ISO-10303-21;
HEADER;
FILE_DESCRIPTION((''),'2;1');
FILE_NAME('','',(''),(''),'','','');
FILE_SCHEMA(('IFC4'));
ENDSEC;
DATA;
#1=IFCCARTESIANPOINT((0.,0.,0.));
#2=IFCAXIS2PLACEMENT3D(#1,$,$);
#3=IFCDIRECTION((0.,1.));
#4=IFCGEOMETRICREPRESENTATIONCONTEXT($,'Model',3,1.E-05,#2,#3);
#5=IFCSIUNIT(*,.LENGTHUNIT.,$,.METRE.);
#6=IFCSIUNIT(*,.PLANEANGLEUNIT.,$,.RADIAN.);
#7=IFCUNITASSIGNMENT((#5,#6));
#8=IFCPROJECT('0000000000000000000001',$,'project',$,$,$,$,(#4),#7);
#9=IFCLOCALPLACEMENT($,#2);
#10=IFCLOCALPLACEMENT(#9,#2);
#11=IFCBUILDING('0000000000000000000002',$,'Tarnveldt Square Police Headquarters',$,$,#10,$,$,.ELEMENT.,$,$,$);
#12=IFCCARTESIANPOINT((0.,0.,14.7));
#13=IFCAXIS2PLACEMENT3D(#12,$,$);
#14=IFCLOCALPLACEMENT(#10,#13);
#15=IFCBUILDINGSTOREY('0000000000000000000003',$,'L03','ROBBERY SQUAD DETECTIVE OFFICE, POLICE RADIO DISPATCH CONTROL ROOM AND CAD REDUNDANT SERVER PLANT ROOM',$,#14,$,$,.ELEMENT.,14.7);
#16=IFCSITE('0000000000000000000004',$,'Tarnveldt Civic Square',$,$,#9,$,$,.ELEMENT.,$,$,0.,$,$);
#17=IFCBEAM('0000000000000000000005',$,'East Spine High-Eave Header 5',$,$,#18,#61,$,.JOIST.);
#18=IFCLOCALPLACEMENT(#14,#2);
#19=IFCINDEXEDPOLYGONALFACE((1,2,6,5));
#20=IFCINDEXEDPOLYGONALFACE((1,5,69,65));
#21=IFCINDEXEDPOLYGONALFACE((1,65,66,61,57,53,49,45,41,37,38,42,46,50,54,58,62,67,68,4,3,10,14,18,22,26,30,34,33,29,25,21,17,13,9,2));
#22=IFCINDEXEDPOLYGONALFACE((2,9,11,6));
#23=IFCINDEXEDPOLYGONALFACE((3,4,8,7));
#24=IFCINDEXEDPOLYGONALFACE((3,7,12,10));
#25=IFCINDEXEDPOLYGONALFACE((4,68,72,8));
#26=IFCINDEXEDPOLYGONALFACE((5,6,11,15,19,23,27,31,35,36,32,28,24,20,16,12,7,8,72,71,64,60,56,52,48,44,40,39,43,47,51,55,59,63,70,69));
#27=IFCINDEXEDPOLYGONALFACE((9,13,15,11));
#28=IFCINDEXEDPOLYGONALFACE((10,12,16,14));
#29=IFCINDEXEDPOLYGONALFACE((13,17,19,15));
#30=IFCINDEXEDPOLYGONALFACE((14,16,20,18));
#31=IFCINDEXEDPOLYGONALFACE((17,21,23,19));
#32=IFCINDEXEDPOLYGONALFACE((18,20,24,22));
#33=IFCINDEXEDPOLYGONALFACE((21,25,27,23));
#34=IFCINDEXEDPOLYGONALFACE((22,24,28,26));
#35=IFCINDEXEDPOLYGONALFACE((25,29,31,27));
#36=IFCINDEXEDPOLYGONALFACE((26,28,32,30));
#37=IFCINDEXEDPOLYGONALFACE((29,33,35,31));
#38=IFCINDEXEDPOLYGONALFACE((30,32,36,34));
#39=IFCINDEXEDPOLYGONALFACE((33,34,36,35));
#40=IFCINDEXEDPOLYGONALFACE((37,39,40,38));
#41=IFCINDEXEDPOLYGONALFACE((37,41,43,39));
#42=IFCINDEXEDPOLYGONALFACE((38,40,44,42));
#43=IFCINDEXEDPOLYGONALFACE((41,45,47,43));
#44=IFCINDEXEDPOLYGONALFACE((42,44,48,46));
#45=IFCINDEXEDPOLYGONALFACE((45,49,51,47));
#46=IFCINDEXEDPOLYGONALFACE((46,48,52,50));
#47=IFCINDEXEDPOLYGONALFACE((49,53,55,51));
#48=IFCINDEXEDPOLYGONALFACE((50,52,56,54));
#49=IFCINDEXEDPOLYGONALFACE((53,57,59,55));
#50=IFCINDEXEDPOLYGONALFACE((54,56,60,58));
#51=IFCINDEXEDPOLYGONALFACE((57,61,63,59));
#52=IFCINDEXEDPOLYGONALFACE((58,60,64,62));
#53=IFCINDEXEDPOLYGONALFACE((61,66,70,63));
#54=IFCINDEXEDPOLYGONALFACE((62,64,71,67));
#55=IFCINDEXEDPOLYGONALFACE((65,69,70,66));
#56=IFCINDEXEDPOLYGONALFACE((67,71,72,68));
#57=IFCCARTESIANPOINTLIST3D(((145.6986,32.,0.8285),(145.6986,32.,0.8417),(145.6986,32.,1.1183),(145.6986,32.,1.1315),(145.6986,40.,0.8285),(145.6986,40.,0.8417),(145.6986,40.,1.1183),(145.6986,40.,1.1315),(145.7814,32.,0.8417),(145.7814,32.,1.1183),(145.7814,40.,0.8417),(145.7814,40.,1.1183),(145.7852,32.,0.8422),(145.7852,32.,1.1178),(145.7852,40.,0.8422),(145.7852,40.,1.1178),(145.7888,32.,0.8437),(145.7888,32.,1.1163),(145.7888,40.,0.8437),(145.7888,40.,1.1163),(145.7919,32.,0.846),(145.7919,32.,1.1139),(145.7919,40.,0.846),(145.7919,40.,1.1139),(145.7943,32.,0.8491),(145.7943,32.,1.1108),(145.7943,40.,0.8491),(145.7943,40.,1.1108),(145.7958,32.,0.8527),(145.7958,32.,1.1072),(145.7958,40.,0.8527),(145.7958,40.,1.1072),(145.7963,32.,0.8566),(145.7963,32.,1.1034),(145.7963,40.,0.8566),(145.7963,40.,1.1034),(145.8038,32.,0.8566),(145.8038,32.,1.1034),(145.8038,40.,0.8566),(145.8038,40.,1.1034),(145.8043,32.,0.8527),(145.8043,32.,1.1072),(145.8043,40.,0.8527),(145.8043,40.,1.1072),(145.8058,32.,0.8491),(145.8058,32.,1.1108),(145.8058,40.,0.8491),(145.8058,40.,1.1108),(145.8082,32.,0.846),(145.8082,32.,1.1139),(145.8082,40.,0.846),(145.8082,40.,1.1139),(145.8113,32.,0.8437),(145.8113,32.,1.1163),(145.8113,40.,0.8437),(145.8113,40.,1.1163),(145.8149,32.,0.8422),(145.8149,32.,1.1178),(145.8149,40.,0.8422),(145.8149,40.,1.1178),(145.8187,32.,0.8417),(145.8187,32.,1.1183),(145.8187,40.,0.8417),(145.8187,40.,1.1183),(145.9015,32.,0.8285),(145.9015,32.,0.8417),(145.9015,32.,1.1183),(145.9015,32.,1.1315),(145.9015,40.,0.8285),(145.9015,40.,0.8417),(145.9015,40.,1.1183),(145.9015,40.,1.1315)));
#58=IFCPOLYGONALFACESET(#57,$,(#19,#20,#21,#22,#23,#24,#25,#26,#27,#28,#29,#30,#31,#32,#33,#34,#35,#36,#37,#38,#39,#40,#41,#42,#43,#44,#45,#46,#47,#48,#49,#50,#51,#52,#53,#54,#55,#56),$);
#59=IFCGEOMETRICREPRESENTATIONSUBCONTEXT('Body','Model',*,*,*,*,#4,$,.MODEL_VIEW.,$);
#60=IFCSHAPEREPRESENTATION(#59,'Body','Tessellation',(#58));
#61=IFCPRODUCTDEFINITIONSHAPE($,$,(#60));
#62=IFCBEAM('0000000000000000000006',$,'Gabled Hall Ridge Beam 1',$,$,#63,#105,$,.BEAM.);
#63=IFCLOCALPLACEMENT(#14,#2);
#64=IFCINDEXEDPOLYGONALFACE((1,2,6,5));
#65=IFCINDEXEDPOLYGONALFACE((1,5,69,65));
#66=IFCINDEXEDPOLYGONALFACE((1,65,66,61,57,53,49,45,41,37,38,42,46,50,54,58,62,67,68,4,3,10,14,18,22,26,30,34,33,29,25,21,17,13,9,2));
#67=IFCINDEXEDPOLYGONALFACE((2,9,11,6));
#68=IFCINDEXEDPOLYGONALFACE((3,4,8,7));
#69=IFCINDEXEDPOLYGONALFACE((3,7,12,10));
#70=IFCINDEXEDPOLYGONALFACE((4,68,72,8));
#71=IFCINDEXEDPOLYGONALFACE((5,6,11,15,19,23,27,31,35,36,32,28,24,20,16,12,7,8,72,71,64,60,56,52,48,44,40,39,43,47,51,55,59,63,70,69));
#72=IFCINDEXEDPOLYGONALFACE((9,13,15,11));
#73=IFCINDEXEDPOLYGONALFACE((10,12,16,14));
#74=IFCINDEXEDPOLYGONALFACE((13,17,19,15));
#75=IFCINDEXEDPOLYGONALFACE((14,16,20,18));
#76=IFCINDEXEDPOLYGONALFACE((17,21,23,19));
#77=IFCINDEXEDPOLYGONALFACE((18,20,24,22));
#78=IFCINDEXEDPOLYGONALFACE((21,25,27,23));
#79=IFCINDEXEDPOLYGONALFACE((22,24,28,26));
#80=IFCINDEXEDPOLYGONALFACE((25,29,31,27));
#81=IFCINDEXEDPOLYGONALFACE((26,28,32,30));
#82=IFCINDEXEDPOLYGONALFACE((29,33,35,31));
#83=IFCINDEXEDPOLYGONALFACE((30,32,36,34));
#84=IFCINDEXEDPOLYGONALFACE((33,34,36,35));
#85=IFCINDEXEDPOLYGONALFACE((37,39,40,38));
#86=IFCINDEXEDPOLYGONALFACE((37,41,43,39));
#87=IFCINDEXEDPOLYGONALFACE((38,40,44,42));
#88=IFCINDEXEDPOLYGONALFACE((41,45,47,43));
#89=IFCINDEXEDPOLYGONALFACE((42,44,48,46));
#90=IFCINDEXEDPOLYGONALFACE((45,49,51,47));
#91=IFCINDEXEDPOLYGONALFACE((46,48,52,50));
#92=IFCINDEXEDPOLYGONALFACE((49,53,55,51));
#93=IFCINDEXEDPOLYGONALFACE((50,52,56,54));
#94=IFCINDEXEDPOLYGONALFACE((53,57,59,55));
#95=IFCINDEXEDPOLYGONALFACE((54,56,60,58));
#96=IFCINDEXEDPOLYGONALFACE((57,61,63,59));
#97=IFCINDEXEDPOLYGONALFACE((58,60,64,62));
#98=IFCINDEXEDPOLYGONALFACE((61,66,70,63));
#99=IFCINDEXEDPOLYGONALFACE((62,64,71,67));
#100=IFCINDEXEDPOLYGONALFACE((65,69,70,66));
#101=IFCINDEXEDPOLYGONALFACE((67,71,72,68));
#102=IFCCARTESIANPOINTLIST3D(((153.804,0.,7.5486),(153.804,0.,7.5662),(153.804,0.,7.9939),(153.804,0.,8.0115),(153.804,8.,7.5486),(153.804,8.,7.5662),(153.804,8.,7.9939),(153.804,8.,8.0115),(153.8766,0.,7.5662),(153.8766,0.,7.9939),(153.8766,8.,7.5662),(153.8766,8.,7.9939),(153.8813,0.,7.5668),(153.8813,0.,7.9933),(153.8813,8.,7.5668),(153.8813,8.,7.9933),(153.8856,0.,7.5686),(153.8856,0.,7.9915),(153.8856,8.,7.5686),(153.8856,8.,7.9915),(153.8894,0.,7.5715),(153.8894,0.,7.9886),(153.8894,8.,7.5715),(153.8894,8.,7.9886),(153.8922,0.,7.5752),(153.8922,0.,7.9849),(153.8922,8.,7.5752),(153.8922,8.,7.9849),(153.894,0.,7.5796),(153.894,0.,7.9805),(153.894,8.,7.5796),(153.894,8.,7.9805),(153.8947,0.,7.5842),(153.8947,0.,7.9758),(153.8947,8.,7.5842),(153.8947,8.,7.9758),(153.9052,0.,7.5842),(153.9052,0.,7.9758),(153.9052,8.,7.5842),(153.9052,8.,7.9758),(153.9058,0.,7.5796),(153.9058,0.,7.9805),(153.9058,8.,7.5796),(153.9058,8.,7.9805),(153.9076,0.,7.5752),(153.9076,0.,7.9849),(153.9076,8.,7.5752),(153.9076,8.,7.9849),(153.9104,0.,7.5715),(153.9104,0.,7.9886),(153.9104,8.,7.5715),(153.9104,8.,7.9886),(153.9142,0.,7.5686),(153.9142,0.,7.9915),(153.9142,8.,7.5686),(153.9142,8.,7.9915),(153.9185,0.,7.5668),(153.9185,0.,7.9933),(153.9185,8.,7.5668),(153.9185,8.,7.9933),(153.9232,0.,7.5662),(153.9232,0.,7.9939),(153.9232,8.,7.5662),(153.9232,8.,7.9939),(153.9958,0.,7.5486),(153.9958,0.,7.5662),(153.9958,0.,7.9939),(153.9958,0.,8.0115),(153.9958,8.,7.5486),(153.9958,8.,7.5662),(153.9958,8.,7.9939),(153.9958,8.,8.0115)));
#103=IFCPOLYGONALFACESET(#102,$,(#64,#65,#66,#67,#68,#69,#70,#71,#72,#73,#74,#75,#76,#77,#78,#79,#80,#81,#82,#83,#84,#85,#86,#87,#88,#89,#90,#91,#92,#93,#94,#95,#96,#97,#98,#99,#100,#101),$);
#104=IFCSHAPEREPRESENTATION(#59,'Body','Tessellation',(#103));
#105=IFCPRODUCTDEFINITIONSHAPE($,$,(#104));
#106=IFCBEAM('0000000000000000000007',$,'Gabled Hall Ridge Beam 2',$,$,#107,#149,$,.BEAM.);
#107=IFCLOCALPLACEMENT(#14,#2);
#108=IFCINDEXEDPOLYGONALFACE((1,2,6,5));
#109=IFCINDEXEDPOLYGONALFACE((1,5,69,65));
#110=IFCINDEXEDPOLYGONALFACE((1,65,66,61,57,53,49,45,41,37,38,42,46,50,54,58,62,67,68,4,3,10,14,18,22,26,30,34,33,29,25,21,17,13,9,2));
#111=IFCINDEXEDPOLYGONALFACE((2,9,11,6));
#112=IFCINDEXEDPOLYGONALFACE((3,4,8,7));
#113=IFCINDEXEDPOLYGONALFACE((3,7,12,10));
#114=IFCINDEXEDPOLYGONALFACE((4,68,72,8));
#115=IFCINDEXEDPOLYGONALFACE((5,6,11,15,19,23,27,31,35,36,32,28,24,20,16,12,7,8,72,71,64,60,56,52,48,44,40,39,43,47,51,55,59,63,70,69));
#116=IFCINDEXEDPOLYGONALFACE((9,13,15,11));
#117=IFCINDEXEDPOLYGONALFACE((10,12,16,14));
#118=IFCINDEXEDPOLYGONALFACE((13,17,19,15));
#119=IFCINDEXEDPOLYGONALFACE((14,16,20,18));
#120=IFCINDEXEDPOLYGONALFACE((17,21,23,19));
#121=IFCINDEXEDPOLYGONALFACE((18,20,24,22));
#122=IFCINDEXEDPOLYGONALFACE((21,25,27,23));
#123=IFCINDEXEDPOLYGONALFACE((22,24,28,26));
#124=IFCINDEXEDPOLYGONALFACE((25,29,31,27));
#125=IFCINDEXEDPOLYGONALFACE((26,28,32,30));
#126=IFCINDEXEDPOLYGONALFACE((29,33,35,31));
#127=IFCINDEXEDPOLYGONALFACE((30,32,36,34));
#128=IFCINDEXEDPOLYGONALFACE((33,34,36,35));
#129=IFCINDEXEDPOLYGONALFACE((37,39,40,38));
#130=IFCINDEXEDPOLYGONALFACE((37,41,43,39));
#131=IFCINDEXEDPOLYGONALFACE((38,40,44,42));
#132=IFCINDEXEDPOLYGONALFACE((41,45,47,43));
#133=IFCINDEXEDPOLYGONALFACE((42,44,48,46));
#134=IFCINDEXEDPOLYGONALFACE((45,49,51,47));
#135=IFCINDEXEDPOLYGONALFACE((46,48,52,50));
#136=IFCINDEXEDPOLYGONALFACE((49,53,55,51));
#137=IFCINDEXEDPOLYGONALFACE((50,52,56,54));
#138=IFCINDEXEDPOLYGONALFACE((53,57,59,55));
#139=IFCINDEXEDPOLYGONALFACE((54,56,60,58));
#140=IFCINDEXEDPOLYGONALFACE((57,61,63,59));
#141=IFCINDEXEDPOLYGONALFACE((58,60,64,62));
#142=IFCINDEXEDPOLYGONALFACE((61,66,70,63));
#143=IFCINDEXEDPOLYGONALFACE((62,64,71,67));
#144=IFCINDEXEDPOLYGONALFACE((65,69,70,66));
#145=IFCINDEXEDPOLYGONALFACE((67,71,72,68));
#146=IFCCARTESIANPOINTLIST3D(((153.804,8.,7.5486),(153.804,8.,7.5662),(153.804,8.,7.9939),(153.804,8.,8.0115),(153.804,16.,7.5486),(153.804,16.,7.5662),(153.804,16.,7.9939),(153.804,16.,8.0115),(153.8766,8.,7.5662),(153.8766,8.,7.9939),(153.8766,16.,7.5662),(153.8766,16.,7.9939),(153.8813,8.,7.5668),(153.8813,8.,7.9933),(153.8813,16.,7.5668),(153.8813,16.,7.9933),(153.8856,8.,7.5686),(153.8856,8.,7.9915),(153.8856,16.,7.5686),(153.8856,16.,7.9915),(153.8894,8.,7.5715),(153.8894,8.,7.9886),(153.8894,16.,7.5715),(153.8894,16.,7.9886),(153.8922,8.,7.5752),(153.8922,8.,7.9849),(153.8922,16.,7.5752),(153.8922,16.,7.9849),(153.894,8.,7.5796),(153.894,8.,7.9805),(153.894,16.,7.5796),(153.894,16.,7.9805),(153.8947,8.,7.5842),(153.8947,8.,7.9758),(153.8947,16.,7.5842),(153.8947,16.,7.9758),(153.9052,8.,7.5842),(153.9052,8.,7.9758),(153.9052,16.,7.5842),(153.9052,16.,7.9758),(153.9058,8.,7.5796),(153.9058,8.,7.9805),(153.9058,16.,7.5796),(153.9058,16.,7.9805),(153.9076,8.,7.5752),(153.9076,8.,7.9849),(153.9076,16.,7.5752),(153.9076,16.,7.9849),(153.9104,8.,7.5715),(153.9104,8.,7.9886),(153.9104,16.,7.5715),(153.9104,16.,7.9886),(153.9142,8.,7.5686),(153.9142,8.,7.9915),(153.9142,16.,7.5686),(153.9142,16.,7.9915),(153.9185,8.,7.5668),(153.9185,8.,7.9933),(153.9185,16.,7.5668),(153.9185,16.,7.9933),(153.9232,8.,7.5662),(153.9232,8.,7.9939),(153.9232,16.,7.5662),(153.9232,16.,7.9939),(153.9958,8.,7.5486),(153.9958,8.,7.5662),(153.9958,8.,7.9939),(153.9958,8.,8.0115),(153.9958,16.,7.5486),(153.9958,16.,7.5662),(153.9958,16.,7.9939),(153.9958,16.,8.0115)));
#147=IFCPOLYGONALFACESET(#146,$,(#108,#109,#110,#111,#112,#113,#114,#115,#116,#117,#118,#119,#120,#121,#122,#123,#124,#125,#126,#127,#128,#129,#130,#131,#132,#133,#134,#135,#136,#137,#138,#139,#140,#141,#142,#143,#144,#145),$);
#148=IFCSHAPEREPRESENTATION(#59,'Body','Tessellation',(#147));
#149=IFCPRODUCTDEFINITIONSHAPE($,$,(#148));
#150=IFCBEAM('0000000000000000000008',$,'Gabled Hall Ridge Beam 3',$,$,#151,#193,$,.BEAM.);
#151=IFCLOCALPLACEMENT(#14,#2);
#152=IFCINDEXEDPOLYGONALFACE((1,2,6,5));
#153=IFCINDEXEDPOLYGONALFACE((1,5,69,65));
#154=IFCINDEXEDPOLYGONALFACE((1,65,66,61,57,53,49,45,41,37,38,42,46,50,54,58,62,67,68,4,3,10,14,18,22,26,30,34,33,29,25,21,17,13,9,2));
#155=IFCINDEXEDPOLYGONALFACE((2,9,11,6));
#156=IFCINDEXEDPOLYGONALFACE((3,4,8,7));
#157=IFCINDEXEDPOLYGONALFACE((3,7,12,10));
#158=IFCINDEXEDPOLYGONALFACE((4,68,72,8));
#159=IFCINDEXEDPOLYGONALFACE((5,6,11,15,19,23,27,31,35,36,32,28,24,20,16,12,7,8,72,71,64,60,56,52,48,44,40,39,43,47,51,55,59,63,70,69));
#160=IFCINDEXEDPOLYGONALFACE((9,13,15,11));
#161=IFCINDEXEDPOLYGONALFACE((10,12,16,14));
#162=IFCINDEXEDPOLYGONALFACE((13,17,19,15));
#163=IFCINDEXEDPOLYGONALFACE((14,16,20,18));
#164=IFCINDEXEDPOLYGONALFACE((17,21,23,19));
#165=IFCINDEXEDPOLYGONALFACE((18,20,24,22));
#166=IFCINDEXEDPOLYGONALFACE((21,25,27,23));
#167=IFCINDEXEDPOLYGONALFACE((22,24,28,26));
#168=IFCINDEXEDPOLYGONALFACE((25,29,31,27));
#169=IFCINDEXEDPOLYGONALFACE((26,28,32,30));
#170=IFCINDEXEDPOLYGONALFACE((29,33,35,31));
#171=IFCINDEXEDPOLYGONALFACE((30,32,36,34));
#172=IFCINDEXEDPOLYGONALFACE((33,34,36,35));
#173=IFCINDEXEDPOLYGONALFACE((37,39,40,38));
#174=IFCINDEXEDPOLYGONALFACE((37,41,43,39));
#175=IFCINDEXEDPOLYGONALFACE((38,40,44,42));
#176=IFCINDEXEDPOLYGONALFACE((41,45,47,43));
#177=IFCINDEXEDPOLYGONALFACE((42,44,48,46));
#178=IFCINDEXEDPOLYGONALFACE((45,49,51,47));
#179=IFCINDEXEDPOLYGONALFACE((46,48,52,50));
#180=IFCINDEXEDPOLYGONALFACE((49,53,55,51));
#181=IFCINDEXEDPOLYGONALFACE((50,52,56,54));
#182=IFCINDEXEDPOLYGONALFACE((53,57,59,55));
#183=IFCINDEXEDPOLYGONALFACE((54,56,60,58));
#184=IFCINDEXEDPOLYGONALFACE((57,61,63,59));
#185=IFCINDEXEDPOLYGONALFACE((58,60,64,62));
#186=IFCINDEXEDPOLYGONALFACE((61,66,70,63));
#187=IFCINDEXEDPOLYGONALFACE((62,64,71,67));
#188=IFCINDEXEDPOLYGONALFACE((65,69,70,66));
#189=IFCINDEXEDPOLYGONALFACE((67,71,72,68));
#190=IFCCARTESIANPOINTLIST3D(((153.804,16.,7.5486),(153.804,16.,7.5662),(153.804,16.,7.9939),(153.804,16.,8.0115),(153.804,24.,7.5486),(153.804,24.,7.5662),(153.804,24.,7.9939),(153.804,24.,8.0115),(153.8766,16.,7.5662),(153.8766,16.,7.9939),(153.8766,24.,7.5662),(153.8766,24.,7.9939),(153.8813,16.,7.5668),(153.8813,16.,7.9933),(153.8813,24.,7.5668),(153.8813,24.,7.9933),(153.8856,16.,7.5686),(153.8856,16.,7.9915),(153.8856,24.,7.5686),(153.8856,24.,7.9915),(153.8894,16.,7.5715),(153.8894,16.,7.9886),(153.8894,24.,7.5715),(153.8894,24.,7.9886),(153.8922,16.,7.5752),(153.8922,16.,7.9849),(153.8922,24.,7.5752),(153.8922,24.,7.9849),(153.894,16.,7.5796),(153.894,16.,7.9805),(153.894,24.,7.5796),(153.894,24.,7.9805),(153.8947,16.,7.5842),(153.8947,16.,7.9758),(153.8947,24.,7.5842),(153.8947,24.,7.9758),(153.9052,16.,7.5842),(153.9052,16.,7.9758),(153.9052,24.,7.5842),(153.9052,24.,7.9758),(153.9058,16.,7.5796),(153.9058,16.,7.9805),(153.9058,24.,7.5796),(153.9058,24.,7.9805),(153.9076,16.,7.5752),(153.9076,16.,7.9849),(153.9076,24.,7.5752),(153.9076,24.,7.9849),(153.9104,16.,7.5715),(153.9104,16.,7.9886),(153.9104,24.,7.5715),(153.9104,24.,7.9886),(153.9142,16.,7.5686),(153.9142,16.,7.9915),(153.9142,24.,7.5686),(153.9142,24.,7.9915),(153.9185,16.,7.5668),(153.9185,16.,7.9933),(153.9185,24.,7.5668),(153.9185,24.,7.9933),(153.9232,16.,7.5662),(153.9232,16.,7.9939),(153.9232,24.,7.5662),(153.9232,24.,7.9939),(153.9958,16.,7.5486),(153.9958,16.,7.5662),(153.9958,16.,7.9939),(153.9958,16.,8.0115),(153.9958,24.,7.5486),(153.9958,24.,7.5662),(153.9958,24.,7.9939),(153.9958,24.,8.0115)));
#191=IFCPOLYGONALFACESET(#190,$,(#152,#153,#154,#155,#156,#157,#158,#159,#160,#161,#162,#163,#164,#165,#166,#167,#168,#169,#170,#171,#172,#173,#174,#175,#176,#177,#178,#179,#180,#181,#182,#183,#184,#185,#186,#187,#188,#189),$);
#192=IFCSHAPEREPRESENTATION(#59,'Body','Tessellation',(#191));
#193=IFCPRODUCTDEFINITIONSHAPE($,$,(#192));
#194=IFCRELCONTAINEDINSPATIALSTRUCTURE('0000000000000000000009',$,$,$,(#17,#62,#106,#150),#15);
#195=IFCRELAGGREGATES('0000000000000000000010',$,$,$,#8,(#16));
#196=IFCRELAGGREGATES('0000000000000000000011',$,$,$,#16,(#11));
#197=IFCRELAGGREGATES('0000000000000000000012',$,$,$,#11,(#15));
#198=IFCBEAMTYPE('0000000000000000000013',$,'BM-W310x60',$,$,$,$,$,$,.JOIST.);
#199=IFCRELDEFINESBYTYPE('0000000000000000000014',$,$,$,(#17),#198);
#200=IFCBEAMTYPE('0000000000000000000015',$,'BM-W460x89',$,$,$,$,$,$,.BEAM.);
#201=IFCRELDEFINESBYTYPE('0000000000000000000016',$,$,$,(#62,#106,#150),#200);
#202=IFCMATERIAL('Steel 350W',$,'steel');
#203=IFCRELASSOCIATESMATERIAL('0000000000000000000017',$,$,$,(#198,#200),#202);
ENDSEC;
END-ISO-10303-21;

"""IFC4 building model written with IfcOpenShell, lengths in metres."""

from ifc_helpers import new_model, si_unit, direction, frame, origin, origin_2d, place, context, subcontext, project, spatial, i_section, extrude, material, material_profile, profile_set, type_object, element, save


model = new_model("IFC4")

# Units and contexts
model_context = context("Model", 3, precision=1e-05, world=origin(), true_north=direction((0.0, 1.0)))
body_context = subcontext(model_context, "Body", "Model", "MODEL_VIEW")
ifc_project = project(units=[si_unit("LENGTHUNIT", "METRE"), si_unit("PLANEANGLEUNIT", "RADIAN")], contexts=[model_context])

# Site, building, storey
site_placement = place(None, origin())
site = spatial("IfcSite", under=ifc_project, at=site_placement, Name="Tarnveldt Civic Square", CompositionType="ELEMENT", RefElevation=0.0)
building_placement = place(site_placement, origin())
building = spatial("IfcBuilding", under=site, at=building_placement, Name="Tarnveldt Square Police Headquarters", CompositionType="ELEMENT")
storey_placement = place(building_placement, frame((0.0, 0.0, 14.7)))
storey = spatial("IfcBuildingStorey", under=building, at=storey_placement, Name="L03", Description="ROBBERY SQUAD DETECTIVE OFFICE, POLICE RADIO DISPATCH CONTROL ROOM AND CAD REDUNDANT SERVER PLANT ROOM", CompositionType="ELEMENT", Elevation=14.7)

# Beams
ifc_material_1 = material(Name="Steel 350W", Category="steel")
ifc_material_profile_1 = material_profile(ifc_material_1, i_section(OverallWidth=0.2029, OverallDepth=0.303, WebThickness=0.0076, FlangeThickness=0.0132, FilletRadius=0.0149, at=origin_2d()), Name="W310x60")
ifc_profile_set_1 = profile_set([ifc_material_profile_1], Name="Steel 350W")
beam_type_1 = type_object("IfcBeamType", Name="BM-W310x60", PredefinedType="JOIST", material=ifc_profile_set_1)
beam_placement = place(storey_placement, frame((145.8, 32.0, 0.98), z_axis=(0.0, 1.0, 0.0), x_axis=(-1.0, 0.0, 0.0)))
element("IfcBeam", 1, at=beam_placement, inside=storey, type_object=beam_type_1, Name="East Spine High-Eave Header 5", PredefinedType="JOIST", context=body_context, shape_type="SweptSolid", body=[
    extrude(i_section(OverallWidth=0.2029, OverallDepth=0.303, WebThickness=0.0076, FlangeThickness=0.0132, FilletRadius=0.0149, at=origin_2d()), origin(), (0.0, 0.0, 1.0), 8.0),
])
ifc_material_profile_2 = material_profile(ifc_material_1, i_section(OverallWidth=0.1919, OverallDepth=0.4629, WebThickness=0.0105, FlangeThickness=0.0176, FilletRadius=0.0181, at=origin_2d()), Name="W460x89")
ifc_profile_set_2 = profile_set([ifc_material_profile_2], Name="Steel 350W")
beam_type_2 = type_object("IfcBeamType", Name="BM-W460x89", PredefinedType="BEAM", material=ifc_profile_set_2)
for number, where, z_axis, x_axis, name in (
    (2, (153.8999, 0.0, 7.78), (0.0, 1.0, 0.0), (-1.0, 0.0, 0.0), "Gabled Hall Ridge Beam 1"),
    (3, (153.8999, 8.0, 7.78), (0.0, 1.0, 0.0), (-1.0, 0.0, 0.0), "Gabled Hall Ridge Beam 2"),
    (4, (153.8999, 16.0, 7.78), (0.0, 1.0, 0.0), (-1.0, 0.0, 0.0), "Gabled Hall Ridge Beam 3"),
):
    element("IfcBeam", number, at=place(storey_placement, frame(where, z_axis=z_axis, x_axis=x_axis)), inside=storey, type_object=beam_type_2, Name=name, PredefinedType="BEAM", context=body_context, shape_type="SweptSolid", body=[
        extrude(i_section(OverallWidth=0.1919, OverallDepth=0.4629, WebThickness=0.0105, FlangeThickness=0.0176, FilletRadius=0.0181, at=origin_2d()), origin(), (0.0, 0.0, 1.0), 8.0),
    ])

save(model, "model.ifc")
